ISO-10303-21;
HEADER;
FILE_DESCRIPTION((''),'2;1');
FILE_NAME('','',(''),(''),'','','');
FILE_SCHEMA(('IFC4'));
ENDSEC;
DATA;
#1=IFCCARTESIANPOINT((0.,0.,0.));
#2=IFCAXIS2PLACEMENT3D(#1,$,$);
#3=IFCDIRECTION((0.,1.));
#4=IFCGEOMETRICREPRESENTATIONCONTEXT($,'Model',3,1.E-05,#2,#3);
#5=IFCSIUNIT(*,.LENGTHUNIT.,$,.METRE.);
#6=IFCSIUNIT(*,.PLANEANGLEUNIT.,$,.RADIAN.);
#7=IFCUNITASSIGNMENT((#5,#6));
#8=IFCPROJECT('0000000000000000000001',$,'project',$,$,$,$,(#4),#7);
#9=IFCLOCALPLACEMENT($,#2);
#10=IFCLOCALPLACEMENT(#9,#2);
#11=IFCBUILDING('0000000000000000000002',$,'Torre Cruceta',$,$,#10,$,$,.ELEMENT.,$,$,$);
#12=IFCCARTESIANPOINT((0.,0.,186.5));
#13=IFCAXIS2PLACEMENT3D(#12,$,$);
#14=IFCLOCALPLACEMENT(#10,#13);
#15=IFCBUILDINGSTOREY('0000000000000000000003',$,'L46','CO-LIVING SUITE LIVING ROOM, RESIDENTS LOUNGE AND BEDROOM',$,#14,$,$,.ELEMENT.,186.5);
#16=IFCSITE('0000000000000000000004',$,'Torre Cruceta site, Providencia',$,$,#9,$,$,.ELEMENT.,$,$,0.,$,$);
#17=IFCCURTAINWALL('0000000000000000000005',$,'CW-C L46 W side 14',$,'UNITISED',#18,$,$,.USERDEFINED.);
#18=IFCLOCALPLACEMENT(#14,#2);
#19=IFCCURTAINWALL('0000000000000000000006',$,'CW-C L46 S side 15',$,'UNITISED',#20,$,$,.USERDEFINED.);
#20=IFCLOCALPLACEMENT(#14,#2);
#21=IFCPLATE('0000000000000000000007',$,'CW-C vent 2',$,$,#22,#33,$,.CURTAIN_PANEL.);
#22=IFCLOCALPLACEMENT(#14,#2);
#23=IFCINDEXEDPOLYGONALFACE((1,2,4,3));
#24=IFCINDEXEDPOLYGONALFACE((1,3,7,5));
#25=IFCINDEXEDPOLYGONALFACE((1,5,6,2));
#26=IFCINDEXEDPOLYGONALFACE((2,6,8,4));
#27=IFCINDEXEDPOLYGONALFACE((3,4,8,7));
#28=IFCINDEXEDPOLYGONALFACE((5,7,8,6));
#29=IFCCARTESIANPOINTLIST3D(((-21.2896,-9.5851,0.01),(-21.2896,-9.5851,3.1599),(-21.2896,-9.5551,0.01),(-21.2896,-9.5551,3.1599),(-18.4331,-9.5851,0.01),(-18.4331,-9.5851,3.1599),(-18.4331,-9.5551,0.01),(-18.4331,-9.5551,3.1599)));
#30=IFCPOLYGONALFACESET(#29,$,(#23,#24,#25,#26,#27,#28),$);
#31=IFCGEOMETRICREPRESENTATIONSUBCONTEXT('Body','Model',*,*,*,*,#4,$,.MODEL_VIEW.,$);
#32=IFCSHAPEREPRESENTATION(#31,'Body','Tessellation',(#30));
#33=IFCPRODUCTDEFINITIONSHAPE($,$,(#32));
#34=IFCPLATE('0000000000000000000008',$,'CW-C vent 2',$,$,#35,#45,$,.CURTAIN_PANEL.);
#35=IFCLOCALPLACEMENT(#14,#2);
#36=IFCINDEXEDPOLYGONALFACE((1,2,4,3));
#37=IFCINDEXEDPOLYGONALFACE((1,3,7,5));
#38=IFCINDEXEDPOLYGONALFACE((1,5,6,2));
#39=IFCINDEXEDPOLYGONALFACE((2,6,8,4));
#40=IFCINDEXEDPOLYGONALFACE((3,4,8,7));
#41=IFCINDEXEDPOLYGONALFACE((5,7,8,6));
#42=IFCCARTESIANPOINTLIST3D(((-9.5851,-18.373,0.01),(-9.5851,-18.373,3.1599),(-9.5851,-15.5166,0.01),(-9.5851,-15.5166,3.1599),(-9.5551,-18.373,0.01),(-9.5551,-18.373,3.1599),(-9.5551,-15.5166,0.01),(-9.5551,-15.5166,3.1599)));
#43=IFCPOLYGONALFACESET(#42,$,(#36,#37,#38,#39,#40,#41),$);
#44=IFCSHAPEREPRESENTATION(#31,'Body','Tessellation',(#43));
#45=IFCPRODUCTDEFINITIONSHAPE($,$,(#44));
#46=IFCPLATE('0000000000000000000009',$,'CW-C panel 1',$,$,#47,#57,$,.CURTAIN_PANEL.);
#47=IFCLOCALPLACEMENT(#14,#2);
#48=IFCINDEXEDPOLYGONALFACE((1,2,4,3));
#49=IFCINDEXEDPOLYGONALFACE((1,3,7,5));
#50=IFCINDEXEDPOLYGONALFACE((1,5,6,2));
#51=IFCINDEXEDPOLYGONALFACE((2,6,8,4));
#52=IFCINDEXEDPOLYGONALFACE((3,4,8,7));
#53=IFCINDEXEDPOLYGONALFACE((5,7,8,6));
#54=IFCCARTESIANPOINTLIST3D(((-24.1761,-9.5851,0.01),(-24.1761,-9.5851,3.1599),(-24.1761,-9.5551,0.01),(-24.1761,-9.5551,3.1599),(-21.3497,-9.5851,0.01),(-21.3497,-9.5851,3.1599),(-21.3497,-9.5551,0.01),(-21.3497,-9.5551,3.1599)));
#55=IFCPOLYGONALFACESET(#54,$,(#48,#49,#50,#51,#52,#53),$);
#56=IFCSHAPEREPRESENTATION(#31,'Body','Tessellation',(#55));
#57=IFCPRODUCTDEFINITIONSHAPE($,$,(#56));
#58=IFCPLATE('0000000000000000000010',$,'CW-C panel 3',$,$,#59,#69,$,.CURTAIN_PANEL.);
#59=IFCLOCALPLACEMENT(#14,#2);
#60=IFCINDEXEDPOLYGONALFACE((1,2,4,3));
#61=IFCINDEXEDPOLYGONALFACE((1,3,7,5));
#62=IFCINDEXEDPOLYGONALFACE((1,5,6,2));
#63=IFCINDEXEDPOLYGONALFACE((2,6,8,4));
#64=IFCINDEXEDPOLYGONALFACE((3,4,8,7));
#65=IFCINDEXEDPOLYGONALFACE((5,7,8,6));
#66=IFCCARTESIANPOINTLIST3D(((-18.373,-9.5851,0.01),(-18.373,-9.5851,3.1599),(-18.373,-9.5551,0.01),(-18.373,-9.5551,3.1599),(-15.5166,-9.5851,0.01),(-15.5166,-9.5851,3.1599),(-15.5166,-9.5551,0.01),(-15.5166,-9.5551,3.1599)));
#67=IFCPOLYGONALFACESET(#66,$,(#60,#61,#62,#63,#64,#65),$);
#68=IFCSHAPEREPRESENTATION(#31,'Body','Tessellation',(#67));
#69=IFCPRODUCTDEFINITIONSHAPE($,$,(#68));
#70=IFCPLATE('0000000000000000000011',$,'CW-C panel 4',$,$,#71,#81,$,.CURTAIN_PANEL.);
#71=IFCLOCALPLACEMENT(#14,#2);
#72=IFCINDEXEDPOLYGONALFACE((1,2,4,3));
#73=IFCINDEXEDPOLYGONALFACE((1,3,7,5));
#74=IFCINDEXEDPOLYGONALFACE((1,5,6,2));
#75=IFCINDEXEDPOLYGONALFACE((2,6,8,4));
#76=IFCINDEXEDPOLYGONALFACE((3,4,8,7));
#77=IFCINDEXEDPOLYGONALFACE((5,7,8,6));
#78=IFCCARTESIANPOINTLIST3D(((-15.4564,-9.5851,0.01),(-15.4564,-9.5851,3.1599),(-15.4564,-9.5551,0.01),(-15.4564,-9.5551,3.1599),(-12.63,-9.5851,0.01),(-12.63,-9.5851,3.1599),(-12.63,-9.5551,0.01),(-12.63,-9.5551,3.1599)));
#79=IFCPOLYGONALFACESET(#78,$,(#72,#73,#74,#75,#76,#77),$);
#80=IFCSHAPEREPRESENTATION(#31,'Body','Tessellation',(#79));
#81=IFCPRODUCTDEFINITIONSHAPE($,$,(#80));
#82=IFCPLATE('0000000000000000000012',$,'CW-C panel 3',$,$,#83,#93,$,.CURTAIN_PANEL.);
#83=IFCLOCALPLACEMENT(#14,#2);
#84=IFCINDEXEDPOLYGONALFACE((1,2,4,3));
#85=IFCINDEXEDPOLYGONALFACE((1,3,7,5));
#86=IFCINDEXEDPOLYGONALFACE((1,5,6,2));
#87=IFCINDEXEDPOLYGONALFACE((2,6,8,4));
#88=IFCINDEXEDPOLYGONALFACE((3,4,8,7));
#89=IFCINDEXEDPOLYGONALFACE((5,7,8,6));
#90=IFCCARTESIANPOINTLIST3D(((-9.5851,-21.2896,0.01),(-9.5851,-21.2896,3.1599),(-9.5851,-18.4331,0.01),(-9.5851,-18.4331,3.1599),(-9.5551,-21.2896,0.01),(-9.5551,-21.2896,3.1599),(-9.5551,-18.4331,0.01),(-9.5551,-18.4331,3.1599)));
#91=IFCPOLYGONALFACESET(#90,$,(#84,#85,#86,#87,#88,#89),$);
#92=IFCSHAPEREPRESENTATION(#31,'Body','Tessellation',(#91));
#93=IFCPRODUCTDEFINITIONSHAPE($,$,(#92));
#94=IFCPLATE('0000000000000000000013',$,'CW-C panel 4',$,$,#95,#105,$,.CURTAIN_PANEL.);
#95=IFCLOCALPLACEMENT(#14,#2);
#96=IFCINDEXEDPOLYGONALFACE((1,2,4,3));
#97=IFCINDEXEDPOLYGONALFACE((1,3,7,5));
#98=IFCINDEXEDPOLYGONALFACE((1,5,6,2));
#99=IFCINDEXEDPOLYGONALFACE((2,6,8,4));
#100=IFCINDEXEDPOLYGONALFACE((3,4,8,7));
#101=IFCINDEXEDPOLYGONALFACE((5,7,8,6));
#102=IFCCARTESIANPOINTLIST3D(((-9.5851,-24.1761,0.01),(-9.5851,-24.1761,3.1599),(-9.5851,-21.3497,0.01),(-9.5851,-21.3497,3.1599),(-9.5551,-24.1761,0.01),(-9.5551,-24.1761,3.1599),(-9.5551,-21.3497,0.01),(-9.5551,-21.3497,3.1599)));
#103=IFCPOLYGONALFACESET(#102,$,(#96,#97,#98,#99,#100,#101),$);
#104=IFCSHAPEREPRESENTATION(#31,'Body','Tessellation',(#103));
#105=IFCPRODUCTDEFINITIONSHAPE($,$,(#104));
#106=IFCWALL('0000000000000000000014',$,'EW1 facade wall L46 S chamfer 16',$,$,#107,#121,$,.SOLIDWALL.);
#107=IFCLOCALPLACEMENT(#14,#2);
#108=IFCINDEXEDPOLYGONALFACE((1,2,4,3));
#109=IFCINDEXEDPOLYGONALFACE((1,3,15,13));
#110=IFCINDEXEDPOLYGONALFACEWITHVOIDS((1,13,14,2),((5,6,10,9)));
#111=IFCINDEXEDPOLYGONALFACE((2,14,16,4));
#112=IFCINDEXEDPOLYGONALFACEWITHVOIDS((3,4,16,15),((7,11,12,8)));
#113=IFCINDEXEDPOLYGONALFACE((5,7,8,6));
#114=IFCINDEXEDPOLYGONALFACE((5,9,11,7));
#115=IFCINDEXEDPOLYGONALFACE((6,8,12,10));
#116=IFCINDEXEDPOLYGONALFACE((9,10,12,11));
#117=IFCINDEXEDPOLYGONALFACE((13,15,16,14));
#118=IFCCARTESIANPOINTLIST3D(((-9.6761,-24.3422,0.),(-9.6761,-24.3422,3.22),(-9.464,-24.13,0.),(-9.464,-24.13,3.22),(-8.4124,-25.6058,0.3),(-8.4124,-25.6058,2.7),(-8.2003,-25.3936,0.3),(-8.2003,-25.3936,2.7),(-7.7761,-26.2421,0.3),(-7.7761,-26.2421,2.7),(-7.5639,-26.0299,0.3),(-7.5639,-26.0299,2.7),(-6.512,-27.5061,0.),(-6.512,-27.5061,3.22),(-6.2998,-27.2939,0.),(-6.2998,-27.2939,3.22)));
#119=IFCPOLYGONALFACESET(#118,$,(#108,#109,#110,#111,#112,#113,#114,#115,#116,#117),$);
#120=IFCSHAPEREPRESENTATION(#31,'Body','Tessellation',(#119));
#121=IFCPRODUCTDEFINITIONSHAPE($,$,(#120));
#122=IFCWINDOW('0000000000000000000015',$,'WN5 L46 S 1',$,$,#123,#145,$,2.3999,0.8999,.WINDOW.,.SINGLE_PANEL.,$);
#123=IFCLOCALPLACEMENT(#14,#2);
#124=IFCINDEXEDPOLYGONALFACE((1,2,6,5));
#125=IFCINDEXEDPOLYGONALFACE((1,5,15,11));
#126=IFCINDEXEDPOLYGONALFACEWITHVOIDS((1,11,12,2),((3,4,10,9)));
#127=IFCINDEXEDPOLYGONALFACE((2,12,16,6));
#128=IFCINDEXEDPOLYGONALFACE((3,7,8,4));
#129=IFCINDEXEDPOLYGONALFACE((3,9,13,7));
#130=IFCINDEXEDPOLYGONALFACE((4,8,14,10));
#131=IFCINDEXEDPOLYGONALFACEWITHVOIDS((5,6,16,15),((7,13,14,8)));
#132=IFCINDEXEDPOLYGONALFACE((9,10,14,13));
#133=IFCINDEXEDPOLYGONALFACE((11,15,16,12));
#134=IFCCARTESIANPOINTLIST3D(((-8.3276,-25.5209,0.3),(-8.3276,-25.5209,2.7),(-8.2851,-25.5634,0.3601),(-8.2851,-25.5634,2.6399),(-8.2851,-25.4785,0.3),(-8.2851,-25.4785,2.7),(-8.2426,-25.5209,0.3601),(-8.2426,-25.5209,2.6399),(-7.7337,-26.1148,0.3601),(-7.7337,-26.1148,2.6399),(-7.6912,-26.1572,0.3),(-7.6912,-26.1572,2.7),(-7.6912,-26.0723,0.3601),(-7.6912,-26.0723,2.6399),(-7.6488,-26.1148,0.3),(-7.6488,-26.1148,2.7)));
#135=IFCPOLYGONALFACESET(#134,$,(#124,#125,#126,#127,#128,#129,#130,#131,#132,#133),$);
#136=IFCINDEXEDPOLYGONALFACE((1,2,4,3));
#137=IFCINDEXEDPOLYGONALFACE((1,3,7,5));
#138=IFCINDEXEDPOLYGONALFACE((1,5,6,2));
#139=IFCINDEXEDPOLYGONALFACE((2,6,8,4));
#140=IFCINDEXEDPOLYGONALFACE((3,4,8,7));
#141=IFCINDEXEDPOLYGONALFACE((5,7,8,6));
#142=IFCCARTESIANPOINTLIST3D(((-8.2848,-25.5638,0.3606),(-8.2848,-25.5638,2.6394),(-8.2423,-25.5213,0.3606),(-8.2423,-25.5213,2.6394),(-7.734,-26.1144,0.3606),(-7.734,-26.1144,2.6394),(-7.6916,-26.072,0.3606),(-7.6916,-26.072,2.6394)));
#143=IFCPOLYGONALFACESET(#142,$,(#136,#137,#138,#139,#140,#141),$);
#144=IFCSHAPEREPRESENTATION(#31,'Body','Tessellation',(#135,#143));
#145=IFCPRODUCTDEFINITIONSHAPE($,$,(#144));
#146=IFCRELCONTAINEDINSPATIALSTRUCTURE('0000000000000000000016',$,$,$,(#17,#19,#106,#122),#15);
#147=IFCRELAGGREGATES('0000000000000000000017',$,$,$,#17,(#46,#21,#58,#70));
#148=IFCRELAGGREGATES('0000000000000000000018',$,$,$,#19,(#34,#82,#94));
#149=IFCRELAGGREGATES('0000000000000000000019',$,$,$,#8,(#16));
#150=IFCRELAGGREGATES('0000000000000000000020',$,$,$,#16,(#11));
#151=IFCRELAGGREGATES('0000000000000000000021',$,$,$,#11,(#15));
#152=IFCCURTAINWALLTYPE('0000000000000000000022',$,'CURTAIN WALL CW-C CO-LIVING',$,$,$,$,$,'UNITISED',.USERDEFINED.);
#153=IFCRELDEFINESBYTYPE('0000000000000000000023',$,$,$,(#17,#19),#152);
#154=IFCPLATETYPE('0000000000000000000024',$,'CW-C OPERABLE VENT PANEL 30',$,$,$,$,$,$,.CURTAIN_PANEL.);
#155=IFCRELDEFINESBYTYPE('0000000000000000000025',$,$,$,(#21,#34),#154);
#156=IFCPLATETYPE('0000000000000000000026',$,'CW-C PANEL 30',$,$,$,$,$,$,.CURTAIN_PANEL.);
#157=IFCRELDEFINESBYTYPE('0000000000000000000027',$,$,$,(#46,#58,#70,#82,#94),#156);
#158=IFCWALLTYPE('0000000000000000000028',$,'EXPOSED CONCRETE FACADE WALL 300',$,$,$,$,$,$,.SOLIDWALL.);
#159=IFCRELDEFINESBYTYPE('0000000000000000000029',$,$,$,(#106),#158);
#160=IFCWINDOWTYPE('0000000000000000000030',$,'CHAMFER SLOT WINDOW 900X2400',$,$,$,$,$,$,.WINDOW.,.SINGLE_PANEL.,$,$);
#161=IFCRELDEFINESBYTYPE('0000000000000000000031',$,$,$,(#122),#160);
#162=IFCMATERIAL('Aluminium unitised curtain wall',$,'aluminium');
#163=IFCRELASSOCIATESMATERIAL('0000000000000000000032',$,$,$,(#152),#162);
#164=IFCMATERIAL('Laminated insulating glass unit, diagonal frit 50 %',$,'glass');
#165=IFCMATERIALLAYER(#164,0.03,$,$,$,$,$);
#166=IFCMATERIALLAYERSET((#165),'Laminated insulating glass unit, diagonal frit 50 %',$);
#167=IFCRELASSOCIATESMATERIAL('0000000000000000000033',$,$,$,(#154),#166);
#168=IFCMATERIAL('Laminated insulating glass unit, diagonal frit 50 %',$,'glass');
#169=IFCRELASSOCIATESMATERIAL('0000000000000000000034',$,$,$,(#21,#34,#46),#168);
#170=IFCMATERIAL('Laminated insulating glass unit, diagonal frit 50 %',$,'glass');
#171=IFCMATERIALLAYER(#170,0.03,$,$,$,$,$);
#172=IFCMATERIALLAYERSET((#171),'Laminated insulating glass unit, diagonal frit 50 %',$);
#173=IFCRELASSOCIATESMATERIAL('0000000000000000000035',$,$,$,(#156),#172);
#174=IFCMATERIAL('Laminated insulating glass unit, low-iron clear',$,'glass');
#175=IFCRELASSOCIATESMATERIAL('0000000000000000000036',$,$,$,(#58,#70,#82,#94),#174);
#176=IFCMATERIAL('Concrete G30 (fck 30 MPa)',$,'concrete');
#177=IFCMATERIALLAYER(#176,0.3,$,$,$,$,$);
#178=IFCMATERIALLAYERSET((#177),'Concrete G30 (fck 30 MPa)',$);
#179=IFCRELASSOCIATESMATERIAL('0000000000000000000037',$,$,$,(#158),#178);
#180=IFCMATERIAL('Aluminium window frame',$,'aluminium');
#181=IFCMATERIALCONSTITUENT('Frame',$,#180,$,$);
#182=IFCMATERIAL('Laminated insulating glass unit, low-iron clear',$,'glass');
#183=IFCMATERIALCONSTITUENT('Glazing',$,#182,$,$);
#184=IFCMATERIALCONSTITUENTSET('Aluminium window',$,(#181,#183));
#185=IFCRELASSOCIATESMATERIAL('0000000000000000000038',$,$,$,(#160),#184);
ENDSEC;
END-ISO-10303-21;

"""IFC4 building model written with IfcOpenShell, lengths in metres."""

from ifc_helpers import new_model, si_unit, direction, frame, frame_2d, origin, origin_2d, place, context, subcontext, project, spatial, rectangle, hollow_rectangle, extrude, material, layer, layer_set, constituent, constituent_set, type_object, element, fill, aggregate, save


model = new_model("IFC4")

# Units and contexts
model_context = context("Model", 3, precision=1e-05, world=origin(), true_north=direction((0.0, 1.0)))
body_context = subcontext(model_context, "Body", "Model", "MODEL_VIEW")
ifc_project = project(units=[si_unit("LENGTHUNIT", "METRE"), si_unit("PLANEANGLEUNIT", "RADIAN")], contexts=[model_context])

# Site, building, storey
site_placement = place(None, origin())
site = spatial("IfcSite", under=ifc_project, at=site_placement, Name="Torre Cruceta site, Providencia", CompositionType="ELEMENT", RefElevation=0.0)
building_placement = place(site_placement, origin())
building = spatial("IfcBuilding", under=site, at=building_placement, Name="Torre Cruceta", CompositionType="ELEMENT")
storey_placement = place(building_placement, frame((0.0, 0.0, 186.5)))
storey = spatial("IfcBuildingStorey", under=building, at=storey_placement, Name="L46", Description="CO-LIVING SUITE LIVING ROOM, RESIDENTS LOUNGE AND BEDROOM", CompositionType="ELEMENT", Elevation=186.5)

# Curtain walls
ifc_material_1 = material(Name="Aluminium unitised curtain wall", Category="aluminium")
curtain_wall_type = type_object("IfcCurtainWallType", Name="CURTAIN WALL CW-C CO-LIVING", ElementType="UNITISED", PredefinedType="USERDEFINED", material=ifc_material_1)
curtain_wall_1_placement = place(storey_placement, origin())
curtain_wall_1 = element("IfcCurtainWall", 1, at=curtain_wall_1_placement, inside=storey, type_object=curtain_wall_type, Name="CW-C L46 W side 14", ObjectType="UNITISED", PredefinedType="USERDEFINED")
curtain_wall_2_placement = place(storey_placement, origin())
curtain_wall_2 = element("IfcCurtainWall", 2, at=curtain_wall_2_placement, inside=storey, type_object=curtain_wall_type, Name="CW-C L46 S side 15", ObjectType="UNITISED", PredefinedType="USERDEFINED")

# Plates
ifc_material_2 = material(Name="Laminated insulating glass unit, diagonal frit 50 %", Category="glass")
ifc_material_3 = material(Name="Laminated insulating glass unit, diagonal frit 50 %", Category="glass")
ifc_layer_1 = layer(ifc_material_3, 0.03)
ifc_layer_set_1 = layer_set([ifc_layer_1], Name="Laminated insulating glass unit, diagonal frit 50 %")
plate_type_1 = type_object("IfcPlateType", Name="CW-C OPERABLE VENT PANEL 30", PredefinedType="CURTAIN_PANEL", material=ifc_layer_set_1)
plate_1_placement = place(storey_placement, frame((-19.8613, -9.5701, 0.01), z_axis=(0.0, 0.0, 1.0), x_axis=(1.0, 0.0, 0.0)))
plate_1 = element("IfcPlate", 3, at=plate_1_placement, type_object=plate_type_1, material=ifc_material_2, Name="CW-C vent 2", PredefinedType="CURTAIN_PANEL", context=body_context, shape_type="SweptSolid", body=[
    extrude(rectangle(XDim=2.8564, YDim=0.03, at=origin_2d()), origin(), (0.0, 0.0, 1.0), 3.1499),
])
plate_2_placement = place(storey_placement, frame((-9.5701, -16.9448, 0.01), z_axis=(0.0, 0.0, 1.0), x_axis=(0.0, -1.0, 0.0)))
plate_2 = element("IfcPlate", 4, at=plate_2_placement, type_object=plate_type_1, material=ifc_material_2, Name="CW-C vent 2", PredefinedType="CURTAIN_PANEL", context=body_context, shape_type="SweptSolid", body=[
    extrude(rectangle(XDim=2.8564, YDim=0.03, at=origin_2d()), origin(), (0.0, 0.0, 1.0), 3.1499),
])
ifc_material_4 = material(Name="Laminated insulating glass unit, diagonal frit 50 %", Category="glass")
ifc_layer_2 = layer(ifc_material_4, 0.03)
ifc_layer_set_2 = layer_set([ifc_layer_2], Name="Laminated insulating glass unit, diagonal frit 50 %")
plate_type_2 = type_object("IfcPlateType", Name="CW-C PANEL 30", PredefinedType="CURTAIN_PANEL", material=ifc_layer_set_2)
plate_3_placement = place(storey_placement, frame((-22.7629, -9.5701, 0.01), z_axis=(0.0, 0.0, 1.0), x_axis=(1.0, 0.0, 0.0)))
plate_3 = element("IfcPlate", 5, at=plate_3_placement, type_object=plate_type_2, material=ifc_material_2, Name="CW-C panel 1", PredefinedType="CURTAIN_PANEL", context=body_context, shape_type="SweptSolid", body=[
    extrude(rectangle(XDim=2.8264, YDim=0.03, at=origin_2d()), origin(), (0.0, 0.0, 1.0), 3.1499),
])
ifc_material_5 = material(Name="Laminated insulating glass unit, low-iron clear", Category="glass")
plate_4_placement = place(storey_placement, frame((-16.9448, -9.5701, 0.01), z_axis=(0.0, 0.0, 1.0), x_axis=(1.0, 0.0, 0.0)))
plate_4 = element("IfcPlate", 6, at=plate_4_placement, type_object=plate_type_2, material=ifc_material_5, Name="CW-C panel 3", PredefinedType="CURTAIN_PANEL", context=body_context, shape_type="SweptSolid", body=[
    extrude(rectangle(XDim=2.8564, YDim=0.03, at=origin_2d()), origin(), (0.0, 0.0, 1.0), 3.1499),
])
plate_5_placement = place(storey_placement, frame((-14.0432, -9.5701, 0.01), z_axis=(0.0, 0.0, 1.0), x_axis=(1.0, 0.0, 0.0)))
plate_5 = element("IfcPlate", 7, at=plate_5_placement, type_object=plate_type_2, material=ifc_material_5, Name="CW-C panel 4", PredefinedType="CURTAIN_PANEL", context=body_context, shape_type="SweptSolid", body=[
    extrude(rectangle(XDim=2.8264, YDim=0.03, at=origin_2d()), origin(), (0.0, 0.0, 1.0), 3.1499),
])
aggregate(curtain_wall_1, [plate_3, plate_1, plate_4, plate_5])
plate_6_placement = place(storey_placement, frame((-9.5701, -19.8613, 0.01), z_axis=(0.0, 0.0, 1.0), x_axis=(0.0, -1.0, 0.0)))
plate_6 = element("IfcPlate", 8, at=plate_6_placement, type_object=plate_type_2, material=ifc_material_5, Name="CW-C panel 3", PredefinedType="CURTAIN_PANEL", context=body_context, shape_type="SweptSolid", body=[
    extrude(rectangle(XDim=2.8564, YDim=0.03, at=origin_2d()), origin(), (0.0, 0.0, 1.0), 3.1499),
])
plate_7_placement = place(storey_placement, frame((-9.5701, -22.7629, 0.01), z_axis=(0.0, 0.0, 1.0), x_axis=(0.0, -1.0, 0.0)))
plate_7 = element("IfcPlate", 9, at=plate_7_placement, type_object=plate_type_2, material=ifc_material_5, Name="CW-C panel 4", PredefinedType="CURTAIN_PANEL", context=body_context, shape_type="SweptSolid", body=[
    extrude(rectangle(XDim=2.8264, YDim=0.03, at=origin_2d()), origin(), (0.0, 0.0, 1.0), 3.1499),
])
aggregate(curtain_wall_2, [plate_2, plate_6, plate_7])

# Wall, opening, window
ifc_material_6 = material(Name="Concrete G30 (fck 30 MPa)", Category="concrete")
ifc_layer_3 = layer(ifc_material_6, 0.3)
ifc_layer_set_3 = layer_set([ifc_layer_3], Name="Concrete G30 (fck 30 MPa)")
wall_type = type_object("IfcWallType", Name="EXPOSED CONCRETE FACADE WALL 300", PredefinedType="SOLIDWALL", material=ifc_layer_set_3)
wall_placement = place(storey_placement, frame((-9.5701, -24.2361, 0.0), z_axis=(0.0, 0.0, 1.0), x_axis=(0.707134, -0.707079, 0.0)))
wall = element("IfcWall", 10, at=wall_placement, inside=storey, type_object=wall_type, Name="EW1 facade wall L46 S chamfer 16", PredefinedType="SOLIDWALL", context=body_context, shape_type="SweptSolid", body=[
    extrude(rectangle(XDim=4.4746, YDim=0.3, at=frame_2d((2.2373, 0.0))), origin(), (0.0, 0.0, 1.0), 3.22),
])
opening_placement = place(wall_placement, frame((1.7871, 0.0, 0.3)))
opening = element("IfcOpeningElement", 11, at=opening_placement, cuts=wall, PredefinedType="OPENING", context=body_context, shape_type="SweptSolid", body=[
    extrude(rectangle(XDim=0.8999, YDim=2.3999, at=frame_2d((0.45, 1.2))), frame((0.0, 0.1599, 0.0), z_axis=(0.0, -1.0, 0.0), x_axis=(1.0, 0.0, 0.0)), (0.0, 0.0, 1.0), 0.3201),
])
ifc_material_7 = material(Name="Aluminium window frame", Category="aluminium")
ifc_constituent_1 = constituent(ifc_material_7, Name="Frame")
ifc_material_8 = material(Name="Laminated insulating glass unit, low-iron clear", Category="glass")
ifc_constituent_2 = constituent(ifc_material_8, Name="Glazing")
ifc_constituent_set = constituent_set(constituents=[ifc_constituent_1, ifc_constituent_2], Name="Aluminium window")
window_type = type_object("IfcWindowType", Name="CHAMFER SLOT WINDOW 900X2400", PartitioningType="SINGLE_PANEL", PredefinedType="WINDOW", material=ifc_constituent_set)
window_placement = place(opening_placement, origin())
window = element("IfcWindow", 12, at=window_placement, inside=storey, type_object=window_type, Name="WN5 L46 S 1", OverallHeight=2.3999, OverallWidth=0.8999, PartitioningType="SINGLE_PANEL", PredefinedType="WINDOW", context=body_context, shape_type="SweptSolid", body=[
    extrude(hollow_rectangle(XDim=0.8999, YDim=2.3999, WallThickness=0.0601, at=frame_2d((0.45, 1.2))), frame((0.0, 0.03, 0.0), z_axis=(0.0, -1.0, 0.0), x_axis=(1.0, 0.0, 0.0)), (0.0, 0.0, 1.0), 0.0601),
    extrude(rectangle(XDim=0.7788, YDim=2.2788, at=frame_2d((0.45, 1.2))), frame((0.0, 0.03, 0.0), z_axis=(0.0, -1.0, 0.0), x_axis=(1.0, 0.0, 0.0)), (0.0, 0.0, 1.0), 0.0601),
])
fill(opening, window)

save(model, "model.ifc")
